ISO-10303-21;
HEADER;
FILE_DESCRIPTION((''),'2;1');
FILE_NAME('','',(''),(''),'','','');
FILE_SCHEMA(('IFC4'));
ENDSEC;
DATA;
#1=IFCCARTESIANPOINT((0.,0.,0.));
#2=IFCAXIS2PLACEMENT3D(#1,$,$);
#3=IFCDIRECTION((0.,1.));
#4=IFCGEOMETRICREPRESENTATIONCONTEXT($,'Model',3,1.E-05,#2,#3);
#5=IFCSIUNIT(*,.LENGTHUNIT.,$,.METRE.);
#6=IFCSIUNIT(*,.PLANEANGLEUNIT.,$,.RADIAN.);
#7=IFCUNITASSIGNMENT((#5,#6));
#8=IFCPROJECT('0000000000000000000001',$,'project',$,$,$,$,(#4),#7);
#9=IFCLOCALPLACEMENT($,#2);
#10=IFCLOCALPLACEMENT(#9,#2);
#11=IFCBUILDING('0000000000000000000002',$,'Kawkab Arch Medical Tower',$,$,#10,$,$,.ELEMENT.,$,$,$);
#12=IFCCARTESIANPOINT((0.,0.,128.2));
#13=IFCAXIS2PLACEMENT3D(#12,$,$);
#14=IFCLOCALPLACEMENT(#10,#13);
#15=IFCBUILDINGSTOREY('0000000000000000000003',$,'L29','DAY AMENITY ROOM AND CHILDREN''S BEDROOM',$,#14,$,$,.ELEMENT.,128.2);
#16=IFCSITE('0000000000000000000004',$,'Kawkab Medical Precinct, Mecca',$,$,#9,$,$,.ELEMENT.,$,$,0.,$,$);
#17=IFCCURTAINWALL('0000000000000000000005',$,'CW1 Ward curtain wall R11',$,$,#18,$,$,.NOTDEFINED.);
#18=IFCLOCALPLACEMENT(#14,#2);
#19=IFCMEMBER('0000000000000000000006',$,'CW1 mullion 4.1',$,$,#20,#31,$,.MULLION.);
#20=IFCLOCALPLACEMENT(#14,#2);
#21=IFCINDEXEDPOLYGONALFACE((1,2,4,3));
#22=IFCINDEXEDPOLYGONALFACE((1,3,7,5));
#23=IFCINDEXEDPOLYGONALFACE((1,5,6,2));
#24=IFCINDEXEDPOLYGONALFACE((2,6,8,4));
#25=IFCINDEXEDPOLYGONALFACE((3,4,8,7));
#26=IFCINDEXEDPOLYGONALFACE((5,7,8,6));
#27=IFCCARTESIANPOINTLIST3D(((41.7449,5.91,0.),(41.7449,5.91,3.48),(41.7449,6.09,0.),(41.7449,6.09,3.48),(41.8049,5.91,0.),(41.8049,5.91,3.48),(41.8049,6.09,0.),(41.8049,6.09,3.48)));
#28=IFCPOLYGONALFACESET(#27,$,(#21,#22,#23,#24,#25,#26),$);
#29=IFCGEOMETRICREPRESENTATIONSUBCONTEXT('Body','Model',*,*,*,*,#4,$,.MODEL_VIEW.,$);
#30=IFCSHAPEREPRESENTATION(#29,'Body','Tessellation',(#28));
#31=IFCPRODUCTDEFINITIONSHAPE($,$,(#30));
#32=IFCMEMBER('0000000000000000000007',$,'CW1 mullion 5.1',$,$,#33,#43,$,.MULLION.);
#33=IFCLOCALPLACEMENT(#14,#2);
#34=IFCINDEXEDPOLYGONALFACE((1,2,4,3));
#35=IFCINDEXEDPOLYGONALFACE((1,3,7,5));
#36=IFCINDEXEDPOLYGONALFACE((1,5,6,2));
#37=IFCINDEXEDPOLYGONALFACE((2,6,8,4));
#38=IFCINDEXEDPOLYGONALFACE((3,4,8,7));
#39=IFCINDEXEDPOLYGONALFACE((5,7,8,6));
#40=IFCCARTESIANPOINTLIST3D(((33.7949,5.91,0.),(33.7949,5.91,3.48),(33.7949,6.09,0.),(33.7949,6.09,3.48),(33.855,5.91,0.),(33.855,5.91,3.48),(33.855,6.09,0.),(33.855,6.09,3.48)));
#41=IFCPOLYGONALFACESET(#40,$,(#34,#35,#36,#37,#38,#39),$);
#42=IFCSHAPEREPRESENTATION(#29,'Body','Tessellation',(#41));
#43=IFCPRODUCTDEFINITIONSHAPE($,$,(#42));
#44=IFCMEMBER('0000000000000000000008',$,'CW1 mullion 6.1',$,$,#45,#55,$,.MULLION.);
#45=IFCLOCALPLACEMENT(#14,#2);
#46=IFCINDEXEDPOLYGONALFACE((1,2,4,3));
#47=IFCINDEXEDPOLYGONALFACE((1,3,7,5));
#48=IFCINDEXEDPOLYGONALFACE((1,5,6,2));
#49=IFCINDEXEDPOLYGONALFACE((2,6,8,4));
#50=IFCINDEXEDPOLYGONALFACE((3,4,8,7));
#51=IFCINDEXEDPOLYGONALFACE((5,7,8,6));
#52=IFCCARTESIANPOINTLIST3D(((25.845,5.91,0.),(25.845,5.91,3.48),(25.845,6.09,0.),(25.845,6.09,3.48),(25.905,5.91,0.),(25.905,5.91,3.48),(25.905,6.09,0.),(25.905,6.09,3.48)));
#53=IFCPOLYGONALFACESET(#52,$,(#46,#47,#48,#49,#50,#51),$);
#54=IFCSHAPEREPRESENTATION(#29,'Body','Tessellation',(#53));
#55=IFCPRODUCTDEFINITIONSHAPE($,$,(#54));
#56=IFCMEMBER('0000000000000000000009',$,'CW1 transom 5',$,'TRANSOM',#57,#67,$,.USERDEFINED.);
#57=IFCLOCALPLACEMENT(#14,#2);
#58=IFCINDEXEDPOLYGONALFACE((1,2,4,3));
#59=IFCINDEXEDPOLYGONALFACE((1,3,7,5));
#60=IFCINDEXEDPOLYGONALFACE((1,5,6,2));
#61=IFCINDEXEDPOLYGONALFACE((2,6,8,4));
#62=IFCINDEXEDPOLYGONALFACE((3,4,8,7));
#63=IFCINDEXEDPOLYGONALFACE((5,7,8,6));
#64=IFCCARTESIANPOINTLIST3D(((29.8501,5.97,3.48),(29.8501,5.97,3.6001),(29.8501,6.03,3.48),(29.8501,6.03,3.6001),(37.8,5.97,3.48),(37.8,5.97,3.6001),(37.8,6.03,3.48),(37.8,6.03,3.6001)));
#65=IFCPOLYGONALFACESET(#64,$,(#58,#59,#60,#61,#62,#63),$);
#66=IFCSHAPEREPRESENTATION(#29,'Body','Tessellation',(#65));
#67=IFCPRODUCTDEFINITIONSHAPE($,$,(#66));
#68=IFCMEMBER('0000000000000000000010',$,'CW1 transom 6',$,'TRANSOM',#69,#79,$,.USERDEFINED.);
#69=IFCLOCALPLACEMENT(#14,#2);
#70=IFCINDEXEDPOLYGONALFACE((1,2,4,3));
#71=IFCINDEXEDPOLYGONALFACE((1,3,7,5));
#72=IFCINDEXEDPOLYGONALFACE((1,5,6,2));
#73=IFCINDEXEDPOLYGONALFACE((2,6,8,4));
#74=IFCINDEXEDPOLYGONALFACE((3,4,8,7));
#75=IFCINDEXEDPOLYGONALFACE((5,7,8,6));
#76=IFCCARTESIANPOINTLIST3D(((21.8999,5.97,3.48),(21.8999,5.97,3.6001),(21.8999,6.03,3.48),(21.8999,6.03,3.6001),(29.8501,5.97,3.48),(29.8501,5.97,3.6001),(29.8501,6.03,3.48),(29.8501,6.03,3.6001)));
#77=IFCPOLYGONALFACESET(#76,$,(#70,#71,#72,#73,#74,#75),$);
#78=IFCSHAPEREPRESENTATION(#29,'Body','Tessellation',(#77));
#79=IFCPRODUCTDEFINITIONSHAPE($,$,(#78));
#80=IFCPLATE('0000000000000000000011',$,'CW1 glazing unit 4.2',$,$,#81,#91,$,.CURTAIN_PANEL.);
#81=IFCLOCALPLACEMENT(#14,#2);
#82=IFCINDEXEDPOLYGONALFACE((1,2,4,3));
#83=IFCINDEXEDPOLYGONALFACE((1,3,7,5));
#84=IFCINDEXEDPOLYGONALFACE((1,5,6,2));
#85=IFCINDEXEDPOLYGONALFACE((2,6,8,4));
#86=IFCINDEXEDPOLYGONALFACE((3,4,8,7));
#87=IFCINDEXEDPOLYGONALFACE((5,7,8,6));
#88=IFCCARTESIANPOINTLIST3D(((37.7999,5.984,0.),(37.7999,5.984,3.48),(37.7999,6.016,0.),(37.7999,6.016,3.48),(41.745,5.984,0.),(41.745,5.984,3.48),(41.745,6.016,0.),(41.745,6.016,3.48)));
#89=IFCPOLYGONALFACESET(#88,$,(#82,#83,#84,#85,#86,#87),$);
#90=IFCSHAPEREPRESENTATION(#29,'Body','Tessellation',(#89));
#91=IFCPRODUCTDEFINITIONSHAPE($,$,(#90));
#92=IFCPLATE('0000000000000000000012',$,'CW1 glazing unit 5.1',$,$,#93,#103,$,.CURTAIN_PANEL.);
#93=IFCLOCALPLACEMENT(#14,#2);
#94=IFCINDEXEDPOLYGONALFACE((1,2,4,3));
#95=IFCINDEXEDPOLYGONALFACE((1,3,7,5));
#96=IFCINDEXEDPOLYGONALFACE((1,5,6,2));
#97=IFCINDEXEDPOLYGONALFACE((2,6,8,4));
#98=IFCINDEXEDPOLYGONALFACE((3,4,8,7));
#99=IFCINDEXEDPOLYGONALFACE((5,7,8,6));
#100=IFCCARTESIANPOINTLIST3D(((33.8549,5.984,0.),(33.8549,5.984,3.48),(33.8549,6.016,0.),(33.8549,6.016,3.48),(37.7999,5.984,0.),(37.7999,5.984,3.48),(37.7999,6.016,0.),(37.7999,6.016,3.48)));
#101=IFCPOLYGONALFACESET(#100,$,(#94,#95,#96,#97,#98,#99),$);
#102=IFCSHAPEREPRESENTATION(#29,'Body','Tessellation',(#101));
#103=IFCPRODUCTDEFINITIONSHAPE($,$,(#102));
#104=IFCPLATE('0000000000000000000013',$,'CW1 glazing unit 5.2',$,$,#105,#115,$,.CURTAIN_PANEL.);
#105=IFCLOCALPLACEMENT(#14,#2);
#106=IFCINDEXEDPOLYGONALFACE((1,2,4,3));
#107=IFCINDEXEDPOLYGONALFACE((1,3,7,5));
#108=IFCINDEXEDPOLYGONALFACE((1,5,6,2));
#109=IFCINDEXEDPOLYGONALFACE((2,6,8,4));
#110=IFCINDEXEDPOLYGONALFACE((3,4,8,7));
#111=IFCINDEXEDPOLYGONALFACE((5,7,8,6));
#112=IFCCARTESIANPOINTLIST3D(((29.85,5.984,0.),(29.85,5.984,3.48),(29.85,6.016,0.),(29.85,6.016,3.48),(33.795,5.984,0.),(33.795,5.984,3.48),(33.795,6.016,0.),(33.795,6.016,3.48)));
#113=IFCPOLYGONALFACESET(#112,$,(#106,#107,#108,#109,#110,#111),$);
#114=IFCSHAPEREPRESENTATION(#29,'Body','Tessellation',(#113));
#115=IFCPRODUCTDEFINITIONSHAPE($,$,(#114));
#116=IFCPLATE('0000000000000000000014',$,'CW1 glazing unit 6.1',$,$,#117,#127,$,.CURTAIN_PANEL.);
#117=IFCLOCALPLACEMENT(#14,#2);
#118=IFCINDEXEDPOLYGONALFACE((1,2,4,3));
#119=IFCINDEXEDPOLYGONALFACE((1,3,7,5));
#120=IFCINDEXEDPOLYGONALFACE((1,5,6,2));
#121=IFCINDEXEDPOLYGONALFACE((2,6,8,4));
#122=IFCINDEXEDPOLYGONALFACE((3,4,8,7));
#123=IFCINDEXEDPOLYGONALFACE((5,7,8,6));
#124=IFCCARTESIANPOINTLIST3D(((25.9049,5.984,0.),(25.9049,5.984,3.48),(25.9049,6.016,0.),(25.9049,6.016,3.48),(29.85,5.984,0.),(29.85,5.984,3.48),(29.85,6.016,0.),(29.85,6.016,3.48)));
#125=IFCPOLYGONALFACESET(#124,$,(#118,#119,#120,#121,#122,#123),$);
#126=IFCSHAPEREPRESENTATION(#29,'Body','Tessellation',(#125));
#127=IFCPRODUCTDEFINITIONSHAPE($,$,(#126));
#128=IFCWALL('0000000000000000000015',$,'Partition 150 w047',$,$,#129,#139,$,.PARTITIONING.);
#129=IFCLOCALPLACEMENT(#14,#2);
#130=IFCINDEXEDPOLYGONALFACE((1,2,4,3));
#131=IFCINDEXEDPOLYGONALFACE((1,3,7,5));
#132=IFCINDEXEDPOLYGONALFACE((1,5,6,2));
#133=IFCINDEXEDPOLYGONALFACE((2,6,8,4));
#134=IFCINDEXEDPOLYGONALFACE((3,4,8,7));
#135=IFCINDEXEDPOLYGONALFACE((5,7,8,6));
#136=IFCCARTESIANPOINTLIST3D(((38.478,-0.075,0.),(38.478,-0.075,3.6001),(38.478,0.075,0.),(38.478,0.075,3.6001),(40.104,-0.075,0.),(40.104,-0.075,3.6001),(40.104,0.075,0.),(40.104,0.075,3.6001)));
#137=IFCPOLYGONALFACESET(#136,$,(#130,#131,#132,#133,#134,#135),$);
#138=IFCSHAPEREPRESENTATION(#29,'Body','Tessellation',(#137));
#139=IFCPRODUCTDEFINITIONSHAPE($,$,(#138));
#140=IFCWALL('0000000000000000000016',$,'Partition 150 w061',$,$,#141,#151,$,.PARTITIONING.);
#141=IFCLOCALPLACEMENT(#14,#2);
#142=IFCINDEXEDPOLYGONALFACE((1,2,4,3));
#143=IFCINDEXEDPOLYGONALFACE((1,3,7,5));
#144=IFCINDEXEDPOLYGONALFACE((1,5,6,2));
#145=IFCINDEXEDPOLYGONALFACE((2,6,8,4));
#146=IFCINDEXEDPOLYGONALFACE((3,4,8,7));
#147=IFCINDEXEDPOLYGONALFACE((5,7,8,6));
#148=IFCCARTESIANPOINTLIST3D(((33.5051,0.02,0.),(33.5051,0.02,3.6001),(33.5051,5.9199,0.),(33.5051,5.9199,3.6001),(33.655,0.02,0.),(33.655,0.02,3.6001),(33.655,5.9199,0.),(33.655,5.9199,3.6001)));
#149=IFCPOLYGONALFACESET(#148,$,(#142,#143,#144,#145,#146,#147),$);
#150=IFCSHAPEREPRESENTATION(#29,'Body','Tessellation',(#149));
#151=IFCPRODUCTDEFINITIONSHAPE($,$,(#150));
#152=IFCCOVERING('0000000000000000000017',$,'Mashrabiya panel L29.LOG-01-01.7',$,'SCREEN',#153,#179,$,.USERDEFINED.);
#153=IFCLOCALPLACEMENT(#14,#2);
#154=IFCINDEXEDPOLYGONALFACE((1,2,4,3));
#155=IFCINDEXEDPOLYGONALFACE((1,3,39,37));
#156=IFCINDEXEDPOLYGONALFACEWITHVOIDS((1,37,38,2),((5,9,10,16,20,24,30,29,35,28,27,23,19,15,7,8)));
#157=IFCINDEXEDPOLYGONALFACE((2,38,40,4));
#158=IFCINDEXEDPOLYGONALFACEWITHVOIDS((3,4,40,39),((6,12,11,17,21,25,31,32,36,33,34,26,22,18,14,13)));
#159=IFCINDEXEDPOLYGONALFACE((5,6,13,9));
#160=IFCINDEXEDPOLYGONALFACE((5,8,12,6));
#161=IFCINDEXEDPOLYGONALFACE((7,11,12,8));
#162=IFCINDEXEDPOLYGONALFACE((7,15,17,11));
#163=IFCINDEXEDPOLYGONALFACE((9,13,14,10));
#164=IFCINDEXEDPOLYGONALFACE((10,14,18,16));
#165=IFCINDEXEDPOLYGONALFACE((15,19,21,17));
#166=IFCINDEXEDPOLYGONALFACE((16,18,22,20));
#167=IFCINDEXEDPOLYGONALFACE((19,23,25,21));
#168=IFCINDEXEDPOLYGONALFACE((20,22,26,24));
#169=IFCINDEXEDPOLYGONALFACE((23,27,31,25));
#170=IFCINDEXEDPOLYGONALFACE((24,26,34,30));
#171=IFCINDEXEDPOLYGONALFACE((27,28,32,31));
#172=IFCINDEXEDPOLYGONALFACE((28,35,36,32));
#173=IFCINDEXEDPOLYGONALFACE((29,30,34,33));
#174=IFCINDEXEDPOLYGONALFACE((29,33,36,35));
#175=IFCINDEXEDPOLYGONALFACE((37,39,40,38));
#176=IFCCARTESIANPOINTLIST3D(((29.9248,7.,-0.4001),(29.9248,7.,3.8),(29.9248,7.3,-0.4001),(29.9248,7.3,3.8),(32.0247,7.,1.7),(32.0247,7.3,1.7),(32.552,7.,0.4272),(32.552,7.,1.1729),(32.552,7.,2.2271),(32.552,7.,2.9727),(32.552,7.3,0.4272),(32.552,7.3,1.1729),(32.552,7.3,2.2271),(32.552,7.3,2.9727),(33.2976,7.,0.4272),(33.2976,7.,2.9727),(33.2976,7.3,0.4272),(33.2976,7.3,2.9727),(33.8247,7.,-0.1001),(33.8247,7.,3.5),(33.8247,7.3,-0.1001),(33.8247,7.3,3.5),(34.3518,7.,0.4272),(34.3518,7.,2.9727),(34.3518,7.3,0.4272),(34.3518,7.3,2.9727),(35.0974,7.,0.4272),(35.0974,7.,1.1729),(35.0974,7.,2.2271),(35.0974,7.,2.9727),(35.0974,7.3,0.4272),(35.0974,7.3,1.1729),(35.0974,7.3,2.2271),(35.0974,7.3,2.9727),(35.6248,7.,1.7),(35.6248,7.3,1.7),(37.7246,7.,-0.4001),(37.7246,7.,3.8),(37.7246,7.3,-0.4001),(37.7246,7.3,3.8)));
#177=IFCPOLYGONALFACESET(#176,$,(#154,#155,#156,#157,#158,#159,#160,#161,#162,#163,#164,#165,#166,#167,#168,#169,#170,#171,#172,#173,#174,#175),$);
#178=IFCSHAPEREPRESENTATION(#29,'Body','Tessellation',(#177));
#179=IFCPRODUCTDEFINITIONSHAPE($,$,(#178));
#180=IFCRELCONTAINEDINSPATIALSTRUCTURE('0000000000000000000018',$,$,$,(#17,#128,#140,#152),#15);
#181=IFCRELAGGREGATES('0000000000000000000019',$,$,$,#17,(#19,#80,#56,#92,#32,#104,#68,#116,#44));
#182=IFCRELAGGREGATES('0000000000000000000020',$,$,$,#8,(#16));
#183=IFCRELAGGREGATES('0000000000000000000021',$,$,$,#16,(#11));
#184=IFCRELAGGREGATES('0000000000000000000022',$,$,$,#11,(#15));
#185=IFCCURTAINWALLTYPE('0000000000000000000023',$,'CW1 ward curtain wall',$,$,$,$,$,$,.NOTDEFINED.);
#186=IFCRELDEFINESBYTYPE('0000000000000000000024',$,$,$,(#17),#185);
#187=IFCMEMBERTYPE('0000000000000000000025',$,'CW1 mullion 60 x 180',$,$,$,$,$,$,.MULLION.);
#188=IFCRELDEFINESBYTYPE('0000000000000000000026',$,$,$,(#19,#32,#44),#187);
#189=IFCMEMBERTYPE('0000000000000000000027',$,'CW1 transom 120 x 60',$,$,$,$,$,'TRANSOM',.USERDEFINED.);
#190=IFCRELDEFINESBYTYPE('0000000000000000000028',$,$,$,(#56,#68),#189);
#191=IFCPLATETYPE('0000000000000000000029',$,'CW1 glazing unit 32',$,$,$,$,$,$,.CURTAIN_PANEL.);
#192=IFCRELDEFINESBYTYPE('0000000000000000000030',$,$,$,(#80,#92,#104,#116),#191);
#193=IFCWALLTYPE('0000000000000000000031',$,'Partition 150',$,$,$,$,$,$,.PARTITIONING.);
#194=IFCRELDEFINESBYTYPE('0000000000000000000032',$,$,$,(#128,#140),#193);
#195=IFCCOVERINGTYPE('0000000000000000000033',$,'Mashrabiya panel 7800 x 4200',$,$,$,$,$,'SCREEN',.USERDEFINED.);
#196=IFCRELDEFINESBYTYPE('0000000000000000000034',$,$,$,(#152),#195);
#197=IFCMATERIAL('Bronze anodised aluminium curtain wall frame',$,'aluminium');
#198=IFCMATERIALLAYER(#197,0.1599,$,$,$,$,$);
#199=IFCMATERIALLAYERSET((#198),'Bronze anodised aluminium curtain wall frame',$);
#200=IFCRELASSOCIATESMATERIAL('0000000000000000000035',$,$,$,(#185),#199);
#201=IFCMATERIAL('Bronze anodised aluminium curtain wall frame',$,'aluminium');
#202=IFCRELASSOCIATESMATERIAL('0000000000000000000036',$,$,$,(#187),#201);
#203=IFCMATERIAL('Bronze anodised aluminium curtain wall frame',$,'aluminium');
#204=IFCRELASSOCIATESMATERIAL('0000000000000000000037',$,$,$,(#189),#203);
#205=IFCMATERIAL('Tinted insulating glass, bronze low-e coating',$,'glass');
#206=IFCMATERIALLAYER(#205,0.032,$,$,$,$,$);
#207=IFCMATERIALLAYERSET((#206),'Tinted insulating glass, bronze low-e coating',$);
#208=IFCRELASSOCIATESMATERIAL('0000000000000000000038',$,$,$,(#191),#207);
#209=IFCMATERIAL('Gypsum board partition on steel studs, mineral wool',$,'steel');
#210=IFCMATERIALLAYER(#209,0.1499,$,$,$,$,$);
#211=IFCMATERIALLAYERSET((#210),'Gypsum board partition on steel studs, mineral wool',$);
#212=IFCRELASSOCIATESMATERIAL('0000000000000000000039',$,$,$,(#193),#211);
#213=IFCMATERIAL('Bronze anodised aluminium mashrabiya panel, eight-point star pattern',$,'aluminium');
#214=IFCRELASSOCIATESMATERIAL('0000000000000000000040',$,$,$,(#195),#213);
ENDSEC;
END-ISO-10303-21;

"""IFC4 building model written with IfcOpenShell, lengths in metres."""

from ifc_helpers import new_model, si_unit, direction, frame, frame_2d, origin, origin_2d, place, context, subcontext, project, spatial, polyline, rectangle, outline, extrude, material, layer, layer_set, material_profile, profile_set, type_object, element, aggregate, save


model = new_model("IFC4")

# Units and contexts
model_context = context("Model", 3, precision=1e-05, world=origin(), true_north=direction((0.0, 1.0)))
body_context = subcontext(model_context, "Body", "Model", "MODEL_VIEW")
ifc_project = project(units=[si_unit("LENGTHUNIT", "METRE"), si_unit("PLANEANGLEUNIT", "RADIAN")], contexts=[model_context])

# Site, building, storey
site_placement = place(None, origin())
site = spatial("IfcSite", under=ifc_project, at=site_placement, Name="Kawkab Medical Precinct, Mecca", CompositionType="ELEMENT", RefElevation=0.0)
building_placement = place(site_placement, origin())
building = spatial("IfcBuilding", under=site, at=building_placement, Name="Kawkab Arch Medical Tower", CompositionType="ELEMENT")
storey_placement = place(building_placement, frame((0.0, 0.0, 128.2)))
storey = spatial("IfcBuildingStorey", under=building, at=storey_placement, Name="L29", Description="DAY AMENITY ROOM AND CHILDREN'S BEDROOM", CompositionType="ELEMENT", Elevation=128.2)

# Curtain wall, members, plates
ifc_material_1 = material(Name="Bronze anodised aluminium curtain wall frame", Category="aluminium")
ifc_layer_1 = layer(ifc_material_1, 0.1599)
ifc_layer_set_1 = layer_set([ifc_layer_1], Name="Bronze anodised aluminium curtain wall frame")
curtain_wall_type = type_object("IfcCurtainWallType", Name="CW1 ward curtain wall", PredefinedType="NOTDEFINED", material=ifc_layer_set_1)
curtain_wall_placement = place(storey_placement, origin())
curtain_wall = element("IfcCurtainWall", 1, at=curtain_wall_placement, inside=storey, type_object=curtain_wall_type, Name="CW1 Ward curtain wall R11", PredefinedType="NOTDEFINED")
ifc_material_2 = material(Name="Bronze anodised aluminium curtain wall frame", Category="aluminium")
ifc_material_profile_1 = material_profile(ifc_material_2, rectangle(XDim=0.1799, YDim=0.0601, at=origin_2d()), Name="AL 60x180")
ifc_profile_set_1 = profile_set([ifc_material_profile_1], Name="Bronze anodised aluminium curtain wall frame")
member_type_1 = type_object("IfcMemberType", Name="CW1 mullion 60 x 180", PredefinedType="MULLION", material=ifc_profile_set_1)
member_1_placement = place(storey_placement, frame((41.7749, 6.0, 0.0), z_axis=(0.0, 0.0, 1.0), x_axis=(0.0, -1.0, 0.0)))
member_1 = element("IfcMember", 2, at=member_1_placement, type_object=member_type_1, Name="CW1 mullion 4.1", PredefinedType="MULLION", context=body_context, shape_type="SweptSolid", body=[
    extrude(rectangle(XDim=0.1799, YDim=0.0601, at=origin_2d()), origin(), (0.0, 0.0, 1.0), 3.48),
])
member_2_placement = place(storey_placement, frame((33.825, 6.0, 0.0), z_axis=(0.0, 0.0, 1.0), x_axis=(0.0, -1.0, 0.0)))
member_2 = element("IfcMember", 3, at=member_2_placement, type_object=member_type_1, Name="CW1 mullion 5.1", PredefinedType="MULLION", context=body_context, shape_type="SweptSolid", body=[
    extrude(rectangle(XDim=0.1799, YDim=0.0601, at=origin_2d()), origin(), (0.0, 0.0, 1.0), 3.48),
])
member_3_placement = place(storey_placement, frame((25.875, 6.0, 0.0), z_axis=(0.0, 0.0, 1.0), x_axis=(0.0, -1.0, 0.0)))
member_3 = element("IfcMember", 4, at=member_3_placement, type_object=member_type_1, Name="CW1 mullion 6.1", PredefinedType="MULLION", context=body_context, shape_type="SweptSolid", body=[
    extrude(rectangle(XDim=0.1799, YDim=0.0601, at=origin_2d()), origin(), (0.0, 0.0, 1.0), 3.48),
])
ifc_material_3 = material(Name="Bronze anodised aluminium curtain wall frame", Category="aluminium")
ifc_material_profile_2 = material_profile(ifc_material_3, rectangle(XDim=0.0601, YDim=0.1201, at=origin_2d()), Name="AL 60x120")
ifc_profile_set_2 = profile_set([ifc_material_profile_2], Name="Bronze anodised aluminium curtain wall frame")
member_type_2 = type_object("IfcMemberType", Name="CW1 transom 120 x 60", ElementType="TRANSOM", PredefinedType="USERDEFINED", material=ifc_profile_set_2)
member_4_placement = place(storey_placement, frame((37.8, 6.0, 3.54), z_axis=(-1.0, 0.0, 0.0), x_axis=(0.0, -1.0, 0.0)))
member_4 = element("IfcMember", 5, at=member_4_placement, type_object=member_type_2, Name="CW1 transom 5", ObjectType="TRANSOM", PredefinedType="USERDEFINED", context=body_context, shape_type="SweptSolid", body=[
    extrude(rectangle(XDim=0.0601, YDim=0.1201, at=origin_2d()), origin(), (0.0, 0.0, 1.0), 7.95),
])
member_5_placement = place(storey_placement, frame((29.8501, 6.0, 3.54), z_axis=(-1.0, 0.0, 0.0), x_axis=(0.0, -1.0, 0.0)))
member_5 = element("IfcMember", 6, at=member_5_placement, type_object=member_type_2, Name="CW1 transom 6", ObjectType="TRANSOM", PredefinedType="USERDEFINED", context=body_context, shape_type="SweptSolid", body=[
    extrude(rectangle(XDim=0.0601, YDim=0.1201, at=origin_2d()), origin(), (0.0, 0.0, 1.0), 7.9502),
])
ifc_material_4 = material(Name="Tinted insulating glass, bronze low-e coating", Category="glass")
ifc_layer_2 = layer(ifc_material_4, 0.032)
ifc_layer_set_2 = layer_set([ifc_layer_2], Name="Tinted insulating glass, bronze low-e coating")
plate_type = type_object("IfcPlateType", Name="CW1 glazing unit 32", PredefinedType="CURTAIN_PANEL", material=ifc_layer_set_2)
plate_1_placement = place(storey_placement, frame((39.7725, 6.0, 0.0), z_axis=(0.0, 0.0, 1.0), x_axis=(-1.0, 0.0, 0.0)))
plate_1 = element("IfcPlate", 7, at=plate_1_placement, type_object=plate_type, Name="CW1 glazing unit 4.2", PredefinedType="CURTAIN_PANEL", context=body_context, shape_type="SweptSolid", body=[
    extrude(rectangle(XDim=3.9451, YDim=0.032, at=origin_2d()), origin(), (0.0, 0.0, 1.0), 3.48),
])
plate_2_placement = place(storey_placement, frame((35.8274, 6.0, 0.0), z_axis=(0.0, 0.0, 1.0), x_axis=(-1.0, 0.0, 0.0)))
plate_2 = element("IfcPlate", 8, at=plate_2_placement, type_object=plate_type, Name="CW1 glazing unit 5.1", PredefinedType="CURTAIN_PANEL", context=body_context, shape_type="SweptSolid", body=[
    extrude(rectangle(XDim=3.9451, YDim=0.032, at=origin_2d()), origin(), (0.0, 0.0, 1.0), 3.48),
])
plate_3_placement = place(storey_placement, frame((31.8225, 6.0, 0.0), z_axis=(0.0, 0.0, 1.0), x_axis=(-1.0, 0.0, 0.0)))
plate_3 = element("IfcPlate", 9, at=plate_3_placement, type_object=plate_type, Name="CW1 glazing unit 5.2", PredefinedType="CURTAIN_PANEL", context=body_context, shape_type="SweptSolid", body=[
    extrude(rectangle(XDim=3.9451, YDim=0.032, at=origin_2d()), origin(), (0.0, 0.0, 1.0), 3.48),
])
plate_4_placement = place(storey_placement, frame((27.8774, 6.0, 0.0), z_axis=(0.0, 0.0, 1.0), x_axis=(-1.0, 0.0, 0.0)))
plate_4 = element("IfcPlate", 10, at=plate_4_placement, type_object=plate_type, Name="CW1 glazing unit 6.1", PredefinedType="CURTAIN_PANEL", context=body_context, shape_type="SweptSolid", body=[
    extrude(rectangle(XDim=3.9451, YDim=0.032, at=origin_2d()), origin(), (0.0, 0.0, 1.0), 3.48),
])
aggregate(curtain_wall, [member_1, plate_1, member_4, plate_2, member_2, plate_3, member_5, plate_4, member_3])

# Walls
ifc_material_5 = material(Name="Gypsum board partition on steel studs, mineral wool", Category="steel")
ifc_layer_3 = layer(ifc_material_5, 0.1499)
ifc_layer_set_3 = layer_set([ifc_layer_3], Name="Gypsum board partition on steel studs, mineral wool")
wall_type = type_object("IfcWallType", Name="Partition 150", PredefinedType="PARTITIONING", material=ifc_layer_set_3)
wall_1_placement = place(storey_placement, frame((38.478, 0.0, 0.0), z_axis=(0.0, 0.0, 1.0), x_axis=(1.0, 0.0, 0.0)))
element("IfcWall", 11, at=wall_1_placement, inside=storey, type_object=wall_type, Name="Partition 150 w047", PredefinedType="PARTITIONING", context=body_context, shape_type="SweptSolid", body=[
    extrude(rectangle(XDim=1.626, YDim=0.1499, at=frame_2d((0.813, 0.0))), origin(), (0.0, 0.0, 1.0), 3.6001),
])
wall_2_placement = place(storey_placement, frame((33.5801, 0.02, 0.0), z_axis=(0.0, 0.0, 1.0), x_axis=(0.0, 1.0, 0.0)))
element("IfcWall", 12, at=wall_2_placement, inside=storey, type_object=wall_type, Name="Partition 150 w061", PredefinedType="PARTITIONING", context=body_context, shape_type="SweptSolid", body=[
    extrude(rectangle(XDim=5.8999, YDim=0.1499, at=frame_2d((2.95, 0.0))), origin(), (0.0, 0.0, 1.0), 3.6001),
])

# Covering
ifc_material_6 = material(Name="Bronze anodised aluminium mashrabiya panel, eight-point star pattern", Category="aluminium")
ifc_material_profile_3 = material_profile(ifc_material_6, outline(polyline([(-3.8999, -2.1001), (3.8999, -2.1001), (3.8999, 2.1001), (-3.8999, 2.1001), (-3.8999, -2.1001)]), holes=[polyline([(1.8, 0.0), (1.2727, 0.5271), (1.2727, 1.2727), (0.5271, 1.2727), (0.0, 1.8), (-0.5271, 1.2727), (-1.2727, 1.2727), (-1.2727, 0.5271), (-1.8, 0.0), (-1.2727, -0.5271), (-1.2727, -1.2727), (-0.5271, -1.2727), (0.0, -1.8), (0.5271, -1.2727), (1.2727, -1.2727), (1.2727, -0.5271), (1.8, 0.0)])]), Name="Mashrabiya panel 7800x4200")
ifc_profile_set_3 = profile_set([ifc_material_profile_3], Name="Bronze anodised aluminium mashrabiya panel, eight-point star pattern")
covering_type_1 = type_object("IfcCoveringType", Name="Mashrabiya panel 7800 x 4200", ElementType="SCREEN", PredefinedType="USERDEFINED", material=ifc_profile_set_3)
covering_placement = place(storey_placement, frame((33.8247, 7.0, 1.7), z_axis=(0.0, 1.0, 0.0), x_axis=(-1.0, 0.0, 0.0)))
element("IfcCovering", 13, at=covering_placement, inside=storey, type_object=covering_type_1, Name="Mashrabiya panel L29.LOG-01-01.7", ObjectType="SCREEN", PredefinedType="USERDEFINED", context=body_context, shape_type="SweptSolid", body=[
    extrude(outline(polyline([(-3.8999, -2.1001), (3.8999, -2.1001), (3.8999, 2.1001), (-3.8999, 2.1001), (-3.8999, -2.1001)]), holes=[polyline([(1.8, 0.0), (1.2727, 0.5271), (1.2727, 1.2727), (0.5271, 1.2727), (0.0, 1.8), (-0.5271, 1.2727), (-1.2727, 1.2727), (-1.2727, 0.5271), (-1.8, 0.0), (-1.2727, -0.5271), (-1.2727, -1.2727), (-0.5271, -1.2727), (0.0, -1.8), (0.5271, -1.2727), (1.2727, -1.2727), (1.2727, -0.5271), (1.8, 0.0)])]), origin(), (0.0, 0.0, 1.0), 0.3),
])

save(model, "model.ifc")
